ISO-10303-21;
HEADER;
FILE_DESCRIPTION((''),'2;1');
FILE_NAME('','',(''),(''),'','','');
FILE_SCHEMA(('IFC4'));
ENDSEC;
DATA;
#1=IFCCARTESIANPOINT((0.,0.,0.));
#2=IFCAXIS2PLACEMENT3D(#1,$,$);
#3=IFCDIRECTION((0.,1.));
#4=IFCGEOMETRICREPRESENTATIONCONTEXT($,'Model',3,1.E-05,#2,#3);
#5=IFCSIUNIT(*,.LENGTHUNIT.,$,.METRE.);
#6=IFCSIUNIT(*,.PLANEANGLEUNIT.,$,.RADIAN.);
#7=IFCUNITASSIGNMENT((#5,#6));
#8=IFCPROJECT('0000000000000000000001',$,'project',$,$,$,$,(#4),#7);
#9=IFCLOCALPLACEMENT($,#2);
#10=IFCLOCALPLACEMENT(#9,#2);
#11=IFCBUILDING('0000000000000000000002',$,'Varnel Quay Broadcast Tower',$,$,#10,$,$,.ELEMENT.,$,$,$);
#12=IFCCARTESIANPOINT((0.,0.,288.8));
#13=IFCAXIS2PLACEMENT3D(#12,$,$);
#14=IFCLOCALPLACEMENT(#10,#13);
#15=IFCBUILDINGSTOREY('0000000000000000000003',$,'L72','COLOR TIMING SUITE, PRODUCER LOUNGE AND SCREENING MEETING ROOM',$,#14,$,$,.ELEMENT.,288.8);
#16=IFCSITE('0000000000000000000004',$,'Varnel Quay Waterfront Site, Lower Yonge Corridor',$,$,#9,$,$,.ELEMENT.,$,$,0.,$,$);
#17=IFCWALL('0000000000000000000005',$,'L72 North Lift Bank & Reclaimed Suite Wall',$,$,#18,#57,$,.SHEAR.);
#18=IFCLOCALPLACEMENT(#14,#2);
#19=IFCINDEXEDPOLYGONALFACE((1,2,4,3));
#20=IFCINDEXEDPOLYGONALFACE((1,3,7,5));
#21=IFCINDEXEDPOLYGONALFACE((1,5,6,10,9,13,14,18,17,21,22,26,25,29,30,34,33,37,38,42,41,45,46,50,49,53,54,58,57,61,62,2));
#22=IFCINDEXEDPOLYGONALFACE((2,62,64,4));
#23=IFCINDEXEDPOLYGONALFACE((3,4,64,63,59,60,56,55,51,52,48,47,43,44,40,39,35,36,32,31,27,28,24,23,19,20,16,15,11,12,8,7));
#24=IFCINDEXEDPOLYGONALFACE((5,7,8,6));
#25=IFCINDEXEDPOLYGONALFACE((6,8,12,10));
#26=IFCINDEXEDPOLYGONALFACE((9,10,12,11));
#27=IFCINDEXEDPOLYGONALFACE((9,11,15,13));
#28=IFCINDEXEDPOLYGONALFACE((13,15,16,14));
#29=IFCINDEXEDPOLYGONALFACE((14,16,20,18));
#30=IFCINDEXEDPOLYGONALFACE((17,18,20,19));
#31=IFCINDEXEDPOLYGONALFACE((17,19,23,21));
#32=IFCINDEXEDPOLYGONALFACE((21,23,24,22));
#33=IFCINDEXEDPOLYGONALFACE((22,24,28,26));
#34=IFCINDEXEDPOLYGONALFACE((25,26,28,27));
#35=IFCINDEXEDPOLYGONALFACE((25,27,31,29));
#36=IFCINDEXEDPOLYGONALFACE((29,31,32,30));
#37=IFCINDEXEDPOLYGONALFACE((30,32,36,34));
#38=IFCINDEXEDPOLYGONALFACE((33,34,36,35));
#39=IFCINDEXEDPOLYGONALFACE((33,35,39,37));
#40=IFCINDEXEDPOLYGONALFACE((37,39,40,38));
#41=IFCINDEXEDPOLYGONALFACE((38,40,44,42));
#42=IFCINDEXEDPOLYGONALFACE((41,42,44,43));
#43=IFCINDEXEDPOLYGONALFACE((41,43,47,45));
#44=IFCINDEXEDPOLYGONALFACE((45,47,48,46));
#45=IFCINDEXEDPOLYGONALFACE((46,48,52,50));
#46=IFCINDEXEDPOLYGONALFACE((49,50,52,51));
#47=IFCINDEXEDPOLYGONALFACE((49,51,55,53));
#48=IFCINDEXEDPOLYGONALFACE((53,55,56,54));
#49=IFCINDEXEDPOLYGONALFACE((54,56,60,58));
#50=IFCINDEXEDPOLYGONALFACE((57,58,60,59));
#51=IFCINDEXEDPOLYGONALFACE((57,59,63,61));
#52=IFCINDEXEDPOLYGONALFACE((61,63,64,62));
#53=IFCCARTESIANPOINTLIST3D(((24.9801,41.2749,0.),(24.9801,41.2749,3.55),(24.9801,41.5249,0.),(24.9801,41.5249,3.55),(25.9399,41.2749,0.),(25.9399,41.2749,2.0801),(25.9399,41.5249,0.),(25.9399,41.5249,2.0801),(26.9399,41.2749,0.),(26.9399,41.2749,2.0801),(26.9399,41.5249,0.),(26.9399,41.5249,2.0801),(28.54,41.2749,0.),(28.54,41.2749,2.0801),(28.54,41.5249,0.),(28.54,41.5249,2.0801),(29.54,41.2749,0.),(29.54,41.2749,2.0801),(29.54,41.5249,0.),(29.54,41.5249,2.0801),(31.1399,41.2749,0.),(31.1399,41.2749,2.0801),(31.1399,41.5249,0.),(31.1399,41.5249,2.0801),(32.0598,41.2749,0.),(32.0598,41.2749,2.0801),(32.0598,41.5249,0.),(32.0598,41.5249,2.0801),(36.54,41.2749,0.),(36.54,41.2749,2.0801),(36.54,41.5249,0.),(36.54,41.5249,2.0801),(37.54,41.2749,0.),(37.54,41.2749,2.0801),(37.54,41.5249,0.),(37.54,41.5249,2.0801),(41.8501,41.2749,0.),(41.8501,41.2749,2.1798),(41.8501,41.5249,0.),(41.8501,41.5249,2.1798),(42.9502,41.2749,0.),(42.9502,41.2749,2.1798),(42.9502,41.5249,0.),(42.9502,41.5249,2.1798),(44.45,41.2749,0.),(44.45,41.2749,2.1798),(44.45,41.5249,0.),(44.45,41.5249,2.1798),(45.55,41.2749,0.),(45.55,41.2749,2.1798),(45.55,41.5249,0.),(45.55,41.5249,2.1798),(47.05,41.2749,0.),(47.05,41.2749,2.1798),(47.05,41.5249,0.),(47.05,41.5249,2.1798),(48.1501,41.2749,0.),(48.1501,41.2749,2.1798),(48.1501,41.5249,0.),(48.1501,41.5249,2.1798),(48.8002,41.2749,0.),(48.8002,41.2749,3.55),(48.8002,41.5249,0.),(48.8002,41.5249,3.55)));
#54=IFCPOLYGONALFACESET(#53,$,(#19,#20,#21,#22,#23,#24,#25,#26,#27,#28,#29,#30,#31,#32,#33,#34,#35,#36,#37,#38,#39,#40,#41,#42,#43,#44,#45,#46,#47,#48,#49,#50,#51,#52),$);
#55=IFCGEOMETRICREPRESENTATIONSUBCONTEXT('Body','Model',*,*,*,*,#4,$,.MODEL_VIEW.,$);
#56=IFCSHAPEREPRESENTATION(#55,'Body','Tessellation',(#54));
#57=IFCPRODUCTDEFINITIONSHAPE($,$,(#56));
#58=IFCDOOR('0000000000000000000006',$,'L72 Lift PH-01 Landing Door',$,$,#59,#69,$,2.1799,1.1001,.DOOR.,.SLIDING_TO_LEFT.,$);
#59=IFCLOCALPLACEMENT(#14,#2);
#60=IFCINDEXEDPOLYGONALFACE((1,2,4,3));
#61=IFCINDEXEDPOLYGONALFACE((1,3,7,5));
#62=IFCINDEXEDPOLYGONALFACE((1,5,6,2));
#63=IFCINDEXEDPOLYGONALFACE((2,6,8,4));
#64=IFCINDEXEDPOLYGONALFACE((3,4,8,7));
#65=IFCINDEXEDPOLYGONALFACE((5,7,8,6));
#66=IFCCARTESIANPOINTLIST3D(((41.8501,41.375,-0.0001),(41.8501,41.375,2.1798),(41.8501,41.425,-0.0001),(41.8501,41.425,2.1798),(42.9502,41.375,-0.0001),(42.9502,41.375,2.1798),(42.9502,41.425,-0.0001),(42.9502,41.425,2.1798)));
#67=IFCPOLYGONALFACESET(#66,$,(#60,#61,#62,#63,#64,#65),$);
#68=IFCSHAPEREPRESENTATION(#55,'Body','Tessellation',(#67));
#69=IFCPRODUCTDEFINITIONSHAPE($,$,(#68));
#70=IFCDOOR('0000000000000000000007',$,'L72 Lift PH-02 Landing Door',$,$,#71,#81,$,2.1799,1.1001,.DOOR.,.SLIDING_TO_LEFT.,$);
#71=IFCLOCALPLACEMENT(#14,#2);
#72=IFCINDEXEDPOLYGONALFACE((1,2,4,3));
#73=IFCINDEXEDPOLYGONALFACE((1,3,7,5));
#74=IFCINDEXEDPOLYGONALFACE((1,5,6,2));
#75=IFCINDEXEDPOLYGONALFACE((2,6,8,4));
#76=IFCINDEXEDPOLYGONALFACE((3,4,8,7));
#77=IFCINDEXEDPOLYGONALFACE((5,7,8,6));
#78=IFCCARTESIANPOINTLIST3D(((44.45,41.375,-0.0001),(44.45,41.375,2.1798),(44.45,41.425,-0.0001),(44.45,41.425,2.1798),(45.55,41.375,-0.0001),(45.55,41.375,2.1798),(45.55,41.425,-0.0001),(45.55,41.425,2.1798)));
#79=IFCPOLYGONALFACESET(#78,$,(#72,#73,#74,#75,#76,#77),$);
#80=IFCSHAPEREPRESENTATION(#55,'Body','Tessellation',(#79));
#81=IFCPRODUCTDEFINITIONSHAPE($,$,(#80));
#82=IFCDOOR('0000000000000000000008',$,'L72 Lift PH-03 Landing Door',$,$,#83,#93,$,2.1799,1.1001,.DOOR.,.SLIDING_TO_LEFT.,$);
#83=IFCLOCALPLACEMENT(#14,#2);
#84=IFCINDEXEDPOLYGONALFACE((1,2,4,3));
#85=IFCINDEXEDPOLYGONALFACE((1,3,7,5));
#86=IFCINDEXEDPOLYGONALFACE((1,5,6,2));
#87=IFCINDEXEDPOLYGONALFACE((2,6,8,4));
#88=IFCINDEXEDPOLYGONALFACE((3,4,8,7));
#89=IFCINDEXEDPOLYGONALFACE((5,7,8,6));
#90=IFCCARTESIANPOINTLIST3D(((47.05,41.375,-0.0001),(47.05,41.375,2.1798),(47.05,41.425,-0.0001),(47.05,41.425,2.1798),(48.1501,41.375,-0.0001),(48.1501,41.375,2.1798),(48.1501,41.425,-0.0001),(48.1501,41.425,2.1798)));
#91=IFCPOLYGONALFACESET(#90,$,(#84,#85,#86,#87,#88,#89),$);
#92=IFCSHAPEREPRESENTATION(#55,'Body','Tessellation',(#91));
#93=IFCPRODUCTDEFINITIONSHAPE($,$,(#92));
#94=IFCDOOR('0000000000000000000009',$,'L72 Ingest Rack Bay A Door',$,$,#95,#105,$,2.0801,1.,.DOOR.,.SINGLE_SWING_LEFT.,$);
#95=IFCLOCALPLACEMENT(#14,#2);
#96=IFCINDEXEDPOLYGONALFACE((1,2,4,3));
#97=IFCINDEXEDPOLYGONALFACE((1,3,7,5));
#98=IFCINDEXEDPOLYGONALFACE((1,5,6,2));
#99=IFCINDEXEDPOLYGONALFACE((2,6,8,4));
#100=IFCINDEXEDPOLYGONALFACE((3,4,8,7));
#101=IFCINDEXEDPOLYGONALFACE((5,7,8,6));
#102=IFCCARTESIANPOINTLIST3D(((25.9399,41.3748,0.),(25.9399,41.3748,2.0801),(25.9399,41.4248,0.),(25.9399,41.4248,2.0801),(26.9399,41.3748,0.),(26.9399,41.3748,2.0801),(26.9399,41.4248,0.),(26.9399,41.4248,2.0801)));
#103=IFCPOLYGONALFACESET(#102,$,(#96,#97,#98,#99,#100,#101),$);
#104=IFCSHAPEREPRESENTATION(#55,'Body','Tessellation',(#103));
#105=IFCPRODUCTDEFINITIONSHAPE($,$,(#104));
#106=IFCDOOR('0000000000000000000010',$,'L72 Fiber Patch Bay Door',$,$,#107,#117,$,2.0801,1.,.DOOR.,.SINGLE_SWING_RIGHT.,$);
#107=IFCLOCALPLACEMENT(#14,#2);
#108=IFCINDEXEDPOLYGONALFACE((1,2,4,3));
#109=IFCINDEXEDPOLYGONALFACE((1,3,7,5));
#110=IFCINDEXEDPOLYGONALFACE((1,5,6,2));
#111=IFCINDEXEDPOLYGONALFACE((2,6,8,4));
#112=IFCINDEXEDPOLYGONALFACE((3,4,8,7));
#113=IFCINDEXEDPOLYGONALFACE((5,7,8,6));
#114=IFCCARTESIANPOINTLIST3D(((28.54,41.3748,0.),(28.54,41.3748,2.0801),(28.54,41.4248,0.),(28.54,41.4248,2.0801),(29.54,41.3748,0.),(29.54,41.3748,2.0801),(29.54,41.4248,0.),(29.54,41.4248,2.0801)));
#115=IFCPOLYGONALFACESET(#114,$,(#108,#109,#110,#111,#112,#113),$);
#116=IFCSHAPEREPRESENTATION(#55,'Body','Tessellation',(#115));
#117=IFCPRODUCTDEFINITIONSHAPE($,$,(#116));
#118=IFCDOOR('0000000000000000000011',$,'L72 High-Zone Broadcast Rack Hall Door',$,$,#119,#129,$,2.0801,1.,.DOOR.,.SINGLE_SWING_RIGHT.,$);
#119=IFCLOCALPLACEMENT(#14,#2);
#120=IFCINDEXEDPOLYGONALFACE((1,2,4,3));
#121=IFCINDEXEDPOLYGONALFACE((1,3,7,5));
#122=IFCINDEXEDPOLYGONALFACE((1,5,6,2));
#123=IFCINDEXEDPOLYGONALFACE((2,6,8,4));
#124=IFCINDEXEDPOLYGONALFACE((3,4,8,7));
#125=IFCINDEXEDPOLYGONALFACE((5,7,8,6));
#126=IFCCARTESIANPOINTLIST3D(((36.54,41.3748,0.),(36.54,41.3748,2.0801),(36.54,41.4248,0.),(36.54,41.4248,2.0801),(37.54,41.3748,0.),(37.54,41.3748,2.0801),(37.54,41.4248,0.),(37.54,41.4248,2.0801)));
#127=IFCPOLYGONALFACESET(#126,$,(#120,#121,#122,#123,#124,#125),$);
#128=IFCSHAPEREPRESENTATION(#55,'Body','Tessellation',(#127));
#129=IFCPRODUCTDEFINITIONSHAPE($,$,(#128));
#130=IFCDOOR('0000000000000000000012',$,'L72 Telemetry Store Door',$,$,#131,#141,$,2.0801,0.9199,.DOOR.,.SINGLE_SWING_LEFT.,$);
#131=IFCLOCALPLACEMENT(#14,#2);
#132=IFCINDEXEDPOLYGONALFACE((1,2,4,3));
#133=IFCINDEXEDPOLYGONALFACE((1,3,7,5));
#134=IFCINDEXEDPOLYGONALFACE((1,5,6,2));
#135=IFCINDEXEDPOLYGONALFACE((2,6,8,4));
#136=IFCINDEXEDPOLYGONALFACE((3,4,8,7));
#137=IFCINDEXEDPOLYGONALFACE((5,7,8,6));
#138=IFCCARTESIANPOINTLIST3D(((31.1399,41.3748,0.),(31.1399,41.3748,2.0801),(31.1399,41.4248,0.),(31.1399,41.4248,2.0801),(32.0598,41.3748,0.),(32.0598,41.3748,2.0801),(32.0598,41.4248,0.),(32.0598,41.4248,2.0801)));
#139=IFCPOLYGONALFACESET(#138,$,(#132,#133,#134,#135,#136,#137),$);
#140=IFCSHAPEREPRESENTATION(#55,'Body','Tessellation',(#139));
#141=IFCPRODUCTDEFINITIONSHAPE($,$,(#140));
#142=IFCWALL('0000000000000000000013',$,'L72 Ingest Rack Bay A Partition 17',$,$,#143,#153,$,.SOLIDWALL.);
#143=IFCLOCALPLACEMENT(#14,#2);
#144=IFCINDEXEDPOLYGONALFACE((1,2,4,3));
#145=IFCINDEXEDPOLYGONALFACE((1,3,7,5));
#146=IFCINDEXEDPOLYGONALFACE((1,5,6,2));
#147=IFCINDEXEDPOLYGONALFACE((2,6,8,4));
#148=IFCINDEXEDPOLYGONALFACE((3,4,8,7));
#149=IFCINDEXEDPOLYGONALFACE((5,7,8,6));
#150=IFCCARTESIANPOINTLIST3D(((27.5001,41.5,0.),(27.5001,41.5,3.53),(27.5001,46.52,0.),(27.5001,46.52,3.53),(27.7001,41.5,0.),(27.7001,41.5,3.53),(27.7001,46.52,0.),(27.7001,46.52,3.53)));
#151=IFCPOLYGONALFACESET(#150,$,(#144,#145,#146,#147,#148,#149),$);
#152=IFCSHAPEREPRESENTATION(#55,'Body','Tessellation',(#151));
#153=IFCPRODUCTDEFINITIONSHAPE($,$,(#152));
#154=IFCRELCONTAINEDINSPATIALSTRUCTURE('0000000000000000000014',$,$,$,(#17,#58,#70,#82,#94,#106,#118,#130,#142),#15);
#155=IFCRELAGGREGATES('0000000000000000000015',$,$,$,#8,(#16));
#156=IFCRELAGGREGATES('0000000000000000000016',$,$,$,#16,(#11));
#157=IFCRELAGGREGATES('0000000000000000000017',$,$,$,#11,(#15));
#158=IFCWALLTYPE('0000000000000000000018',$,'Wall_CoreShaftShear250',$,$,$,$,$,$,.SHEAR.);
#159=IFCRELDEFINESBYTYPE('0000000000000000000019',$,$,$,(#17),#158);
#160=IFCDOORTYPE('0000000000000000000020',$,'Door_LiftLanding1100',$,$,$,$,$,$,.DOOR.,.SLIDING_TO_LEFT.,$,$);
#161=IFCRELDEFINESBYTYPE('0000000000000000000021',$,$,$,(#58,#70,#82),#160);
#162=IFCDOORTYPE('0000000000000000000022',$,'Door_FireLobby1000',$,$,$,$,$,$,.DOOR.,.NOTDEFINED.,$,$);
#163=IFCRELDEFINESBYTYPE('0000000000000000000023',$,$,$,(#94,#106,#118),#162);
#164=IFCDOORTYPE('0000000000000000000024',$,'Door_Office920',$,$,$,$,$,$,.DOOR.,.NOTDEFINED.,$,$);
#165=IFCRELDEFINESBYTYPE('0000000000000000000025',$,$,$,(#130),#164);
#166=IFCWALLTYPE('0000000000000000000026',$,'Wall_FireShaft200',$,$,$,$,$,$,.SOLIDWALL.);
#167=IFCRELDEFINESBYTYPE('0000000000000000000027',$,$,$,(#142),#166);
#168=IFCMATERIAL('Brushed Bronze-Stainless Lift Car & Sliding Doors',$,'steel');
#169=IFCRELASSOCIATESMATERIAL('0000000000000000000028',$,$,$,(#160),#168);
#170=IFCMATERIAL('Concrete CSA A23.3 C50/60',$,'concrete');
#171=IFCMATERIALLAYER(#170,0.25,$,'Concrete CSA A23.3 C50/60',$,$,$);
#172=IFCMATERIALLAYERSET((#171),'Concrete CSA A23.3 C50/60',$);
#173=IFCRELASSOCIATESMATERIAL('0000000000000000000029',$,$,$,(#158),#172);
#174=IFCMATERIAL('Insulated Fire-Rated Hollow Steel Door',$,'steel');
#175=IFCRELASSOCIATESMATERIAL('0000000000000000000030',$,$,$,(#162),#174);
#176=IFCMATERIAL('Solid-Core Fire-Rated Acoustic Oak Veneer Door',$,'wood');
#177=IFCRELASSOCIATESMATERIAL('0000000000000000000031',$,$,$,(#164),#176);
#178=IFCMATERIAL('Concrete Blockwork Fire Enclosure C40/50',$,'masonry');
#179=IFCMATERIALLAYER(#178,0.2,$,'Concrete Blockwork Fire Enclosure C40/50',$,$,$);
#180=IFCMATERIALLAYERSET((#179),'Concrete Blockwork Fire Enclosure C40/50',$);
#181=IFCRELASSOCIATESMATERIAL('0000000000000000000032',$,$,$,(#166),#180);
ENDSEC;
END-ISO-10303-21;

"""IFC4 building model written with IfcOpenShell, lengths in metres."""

from ifc_helpers import new_model, si_unit, direction, frame, frame_2d, origin, place, context, subcontext, project, spatial, rectangle, extrude, source, transform, mapped, material, layer, layer_set, type_object, type_shapes, element, fill, save


model = new_model("IFC4")

# Units and contexts
model_context = context("Model", 3, precision=1e-05, world=origin(), true_north=direction((0.0, 1.0)))
body_context = subcontext(model_context, "Body", "Model", "MODEL_VIEW")
ifc_project = project(units=[si_unit("LENGTHUNIT", "METRE"), si_unit("PLANEANGLEUNIT", "RADIAN")], contexts=[model_context])

# Site, building, storey
site_placement = place(None, origin())
site = spatial("IfcSite", under=ifc_project, at=site_placement, Name="Varnel Quay Waterfront Site, Lower Yonge Corridor", CompositionType="ELEMENT", RefElevation=0.0)
building_placement = place(site_placement, origin())
building = spatial("IfcBuilding", under=site, at=building_placement, Name="Varnel Quay Broadcast Tower", CompositionType="ELEMENT")
storey_placement = place(building_placement, frame((0.0, 0.0, 288.8)))
storey = spatial("IfcBuildingStorey", under=building, at=storey_placement, Name="L72", Description="COLOR TIMING SUITE, PRODUCER LOUNGE AND SCREENING MEETING ROOM", CompositionType="ELEMENT", Elevation=288.8)

# Shared definitions
ifc_material_1 = material(Name="Concrete CSA A23.3 C50/60", Category="concrete")
ifc_material_2 = material(Name="Insulated Fire-Rated Hollow Steel Door", Category="steel")

# Shared definitions
ifc_material_3 = material(Name="Brushed Bronze-Stainless Lift Car & Sliding Doors", Category="steel")
door_type_1 = type_object("IfcDoorType", Name="Door_LiftLanding1100", OperationType="SLIDING_TO_LEFT", PredefinedType="DOOR", material=ifc_material_3)
shared_shape_1 = source(origin(), body_context, "Body", "SweptSolid", [
    extrude(rectangle(XDim=1.1001, YDim=2.1799, at=frame_2d((0.55, 1.0898))), frame((0.0, 0.0249, 0.0), z_axis=(0.0, -1.0, 0.0), x_axis=(1.0, 0.0, 0.0)), (0.0, 0.0, 1.0), 0.05),
])
type_shapes(door_type_1, [shared_shape_1])

# Shared definitions
ifc_layer_1 = layer(ifc_material_1, 0.25, Name="Concrete CSA A23.3 C50/60")
ifc_layer_set_1 = layer_set([ifc_layer_1], Name="Concrete CSA A23.3 C50/60")
wall_type_1 = type_object("IfcWallType", Name="Wall_CoreShaftShear250", PredefinedType="SHEAR", material=ifc_layer_set_1)

# Wall, openings, doors
wall_1_placement = place(storey_placement, frame((24.98, 41.3999, 0.0), z_axis=(0.0, 0.0, 1.0), x_axis=(1.0, 0.0, 0.0)))
wall_1 = element("IfcWall", 1, at=wall_1_placement, inside=storey, type_object=wall_type_1, Name="L72 North Lift Bank & Reclaimed Suite Wall", PredefinedType="SHEAR", context=body_context, shape_type="SweptSolid", body=[
    extrude(rectangle(XDim=23.8201, YDim=0.25, at=frame_2d((11.9102, 0.0))), origin(), (0.0, 0.0, 1.0), 3.55),
])
opening_1_placement = place(wall_1_placement, frame((16.8701, 0.0, 0.0)))
opening_1 = element("IfcOpeningElement", 2, at=opening_1_placement, cuts=wall_1, PredefinedType="OPENING", context=body_context, shape_type="SweptSolid", body=[
    extrude(rectangle(XDim=1.1001, YDim=2.1799, at=frame_2d((0.55, 1.0898))), frame((0.0, 0.135, 0.0), z_axis=(0.0, -1.0, 0.0), x_axis=(1.0, 0.0, 0.0)), (0.0, 0.0, 1.0), 0.27),
])
opening_2_placement = place(wall_1_placement, frame((19.47, 0.0, 0.0)))
opening_2 = element("IfcOpeningElement", 3, at=opening_2_placement, cuts=wall_1, PredefinedType="OPENING", context=body_context, shape_type="SweptSolid", body=[
    extrude(rectangle(XDim=1.1001, YDim=2.1799, at=frame_2d((0.55, 1.0898))), frame((0.0, 0.135, 0.0), z_axis=(0.0, -1.0, 0.0), x_axis=(1.0, 0.0, 0.0)), (0.0, 0.0, 1.0), 0.27),
])
opening_3_placement = place(wall_1_placement, frame((22.0701, 0.0, 0.0)))
opening_3 = element("IfcOpeningElement", 4, at=opening_3_placement, cuts=wall_1, PredefinedType="OPENING", context=body_context, shape_type="SweptSolid", body=[
    extrude(rectangle(XDim=1.1001, YDim=2.1799, at=frame_2d((0.55, 1.0898))), frame((0.0, 0.135, 0.0), z_axis=(0.0, -1.0, 0.0), x_axis=(1.0, 0.0, 0.0)), (0.0, 0.0, 1.0), 0.27),
])
opening_4_placement = place(wall_1_placement, frame((0.96, 0.0, 0.0)))
opening_4 = element("IfcOpeningElement", 5, at=opening_4_placement, cuts=wall_1, PredefinedType="OPENING", context=body_context, shape_type="SweptSolid", body=[
    extrude(rectangle(XDim=1.0, YDim=2.0801, at=frame_2d((0.5, 1.04))), frame((0.0, 0.135, 0.0), z_axis=(0.0, -1.0, 0.0), x_axis=(1.0, 0.0, 0.0)), (0.0, 0.0, 1.0), 0.27),
])
opening_5_placement = place(wall_1_placement, frame((3.5601, 0.0, 0.0)))
opening_5 = element("IfcOpeningElement", 6, at=opening_5_placement, cuts=wall_1, PredefinedType="OPENING", context=body_context, shape_type="SweptSolid", body=[
    extrude(rectangle(XDim=1.0, YDim=2.0801, at=frame_2d((0.5, 1.04))), frame((0.0, 0.135, 0.0), z_axis=(0.0, -1.0, 0.0), x_axis=(1.0, 0.0, 0.0)), (0.0, 0.0, 1.0), 0.27),
])
opening_6_placement = place(wall_1_placement, frame((6.1599, 0.0, 0.0)))
opening_6 = element("IfcOpeningElement", 7, at=opening_6_placement, cuts=wall_1, PredefinedType="OPENING", context=body_context, shape_type="SweptSolid", body=[
    extrude(rectangle(XDim=0.9199, YDim=2.0801, at=frame_2d((0.46, 1.04))), frame((0.0, 0.135, 0.0), z_axis=(0.0, -1.0, 0.0), x_axis=(1.0, 0.0, 0.0)), (0.0, 0.0, 1.0), 0.27),
])
opening_7_placement = place(wall_1_placement, frame((11.5601, 0.0, 0.0)))
opening_7 = element("IfcOpeningElement", 8, at=opening_7_placement, cuts=wall_1, PredefinedType="OPENING", context=body_context, shape_type="SweptSolid", body=[
    extrude(rectangle(XDim=1.0, YDim=2.0801, at=frame_2d((0.5, 1.04))), frame((0.0, 0.135, 0.0), z_axis=(0.0, -1.0, 0.0), x_axis=(1.0, 0.0, 0.0)), (0.0, 0.0, 1.0), 0.27),
])
door_1_placement = place(opening_1_placement, frame((1.1001, 0.0, 0.0), z_axis=(0.0, 0.0, 1.0), x_axis=(-1.0, 0.0, 0.0)))
door_1 = element("IfcDoor", 9, at=door_1_placement, inside=storey, type_object=door_type_1, Name="L72 Lift PH-01 Landing Door", OperationType="SLIDING_TO_LEFT", OverallHeight=2.1799, OverallWidth=1.1001, PredefinedType="DOOR", context=body_context, shape_type="MappedRepresentation", body=[
    mapped(shared_shape_1, transform((0.0, 0.0, 0.0), x_axis=(1.0, 0.0, 0.0), y_axis=(0.0, 1.0, 0.0), z_axis=(0.0, 0.0, 1.0), scale=1.0)),
])
fill(opening_1, door_1)
door_2_placement = place(opening_2_placement, frame((1.1001, 0.0, 0.0), z_axis=(0.0, 0.0, 1.0), x_axis=(-1.0, 0.0, 0.0)))
door_2 = element("IfcDoor", 10, at=door_2_placement, inside=storey, type_object=door_type_1, Name="L72 Lift PH-02 Landing Door", OperationType="SLIDING_TO_LEFT", OverallHeight=2.1799, OverallWidth=1.1001, PredefinedType="DOOR", context=body_context, shape_type="MappedRepresentation", body=[
    mapped(shared_shape_1, transform((0.0, 0.0, 0.0), x_axis=(1.0, 0.0, 0.0), y_axis=(0.0, 1.0, 0.0), z_axis=(0.0, 0.0, 1.0), scale=1.0)),
])
fill(opening_2, door_2)
door_3_placement = place(opening_3_placement, frame((1.1001, 0.0, 0.0), z_axis=(0.0, 0.0, 1.0), x_axis=(-1.0, 0.0, 0.0)))
door_3 = element("IfcDoor", 11, at=door_3_placement, inside=storey, type_object=door_type_1, Name="L72 Lift PH-03 Landing Door", OperationType="SLIDING_TO_LEFT", OverallHeight=2.1799, OverallWidth=1.1001, PredefinedType="DOOR", context=body_context, shape_type="MappedRepresentation", body=[
    mapped(shared_shape_1, transform((0.0, 0.0, 0.0), x_axis=(1.0, 0.0, 0.0), y_axis=(0.0, 1.0, 0.0), z_axis=(0.0, 0.0, 1.0), scale=1.0)),
])
fill(opening_3, door_3)
door_type_2 = type_object("IfcDoorType", Name="Door_FireLobby1000", OperationType="NOTDEFINED", PredefinedType="DOOR", material=ifc_material_2)
shared_shape_2 = source(origin(), body_context, "Body", "SweptSolid", [
    extrude(rectangle(XDim=1.0, YDim=2.0801, at=frame_2d((0.5, 1.04))), frame((0.0, 0.0249, 0.0), z_axis=(0.0, -1.0, 0.0), x_axis=(1.0, 0.0, 0.0)), (0.0, 0.0, 1.0), 0.05),
])
type_shapes(door_type_2, [shared_shape_2])
door_4_placement = place(opening_4_placement, origin())
door_4 = element("IfcDoor", 12, at=door_4_placement, inside=storey, type_object=door_type_2, Name="L72 Ingest Rack Bay A Door", OperationType="SINGLE_SWING_LEFT", OverallHeight=2.0801, OverallWidth=1.0, PredefinedType="DOOR", context=body_context, shape_type="MappedRepresentation", body=[
    mapped(shared_shape_2, transform((0.0, 0.0, 0.0), x_axis=(1.0, 0.0, 0.0), y_axis=(0.0, 1.0, 0.0), z_axis=(0.0, 0.0, 1.0), scale=1.0)),
])
fill(opening_4, door_4)
door_5_placement = place(opening_5_placement, origin())
door_5 = element("IfcDoor", 13, at=door_5_placement, inside=storey, type_object=door_type_2, Name="L72 Fiber Patch Bay Door", OperationType="SINGLE_SWING_RIGHT", OverallHeight=2.0801, OverallWidth=1.0, PredefinedType="DOOR", context=body_context, shape_type="MappedRepresentation", body=[
    mapped(shared_shape_2, transform((0.0, 0.0, 0.0), x_axis=(1.0, 0.0, 0.0), y_axis=(0.0, 1.0, 0.0), z_axis=(0.0, 0.0, 1.0), scale=1.0)),
])
fill(opening_5, door_5)
door_6_placement = place(opening_7_placement, origin())
door_6 = element("IfcDoor", 14, at=door_6_placement, inside=storey, type_object=door_type_2, Name="L72 High-Zone Broadcast Rack Hall Door", OperationType="SINGLE_SWING_RIGHT", OverallHeight=2.0801, OverallWidth=1.0, PredefinedType="DOOR", context=body_context, shape_type="MappedRepresentation", body=[
    mapped(shared_shape_2, transform((0.0, 0.0, 0.0), x_axis=(1.0, 0.0, 0.0), y_axis=(0.0, 1.0, 0.0), z_axis=(0.0, 0.0, 1.0), scale=1.0)),
])
fill(opening_7, door_6)
ifc_material_4 = material(Name="Solid-Core Fire-Rated Acoustic Oak Veneer Door", Category="wood")
door_type_3 = type_object("IfcDoorType", Name="Door_Office920", OperationType="NOTDEFINED", PredefinedType="DOOR", material=ifc_material_4)
shared_shape_3 = source(origin(), body_context, "Body", "SweptSolid", [
    extrude(rectangle(XDim=0.9199, YDim=2.0801, at=frame_2d((0.46, 1.04))), frame((0.0, 0.0249, 0.0), z_axis=(0.0, -1.0, 0.0), x_axis=(1.0, 0.0, 0.0)), (0.0, 0.0, 1.0), 0.05),
])
type_shapes(door_type_3, [shared_shape_3])
door_7_placement = place(opening_6_placement, origin())
door_7 = element("IfcDoor", 15, at=door_7_placement, inside=storey, type_object=door_type_3, Name="L72 Telemetry Store Door", OperationType="SINGLE_SWING_LEFT", OverallHeight=2.0801, OverallWidth=0.9199, PredefinedType="DOOR", context=body_context, shape_type="MappedRepresentation", body=[
    mapped(shared_shape_3, transform((0.0, 0.0, 0.0), x_axis=(1.0, 0.0, 0.0), y_axis=(0.0, 1.0, 0.0), z_axis=(0.0, 0.0, 1.0), scale=1.0)),
])
fill(opening_6, door_7)

# Wall
ifc_material_5 = material(Name="Concrete Blockwork Fire Enclosure C40/50", Category="masonry")
ifc_layer_2 = layer(ifc_material_5, 0.2, Name="Concrete Blockwork Fire Enclosure C40/50")
ifc_layer_set_2 = layer_set([ifc_layer_2], Name="Concrete Blockwork Fire Enclosure C40/50")
wall_type_2 = type_object("IfcWallType", Name="Wall_FireShaft200", PredefinedType="SOLIDWALL", material=ifc_layer_set_2)
wall_2_placement = place(storey_placement, frame((27.6001, 41.5, 0.0), z_axis=(0.0, 0.0, 1.0), x_axis=(0.0, 1.0, 0.0)))
element("IfcWall", 16, at=wall_2_placement, inside=storey, type_object=wall_type_2, Name="L72 Ingest Rack Bay A Partition 17", PredefinedType="SOLIDWALL", context=body_context, shape_type="SweptSolid", body=[
    extrude(rectangle(XDim=5.02, YDim=0.2, at=frame_2d((2.51, 0.0))), origin(), (0.0, 0.0, 1.0), 3.53),
])

save(model, "model.ifc")
